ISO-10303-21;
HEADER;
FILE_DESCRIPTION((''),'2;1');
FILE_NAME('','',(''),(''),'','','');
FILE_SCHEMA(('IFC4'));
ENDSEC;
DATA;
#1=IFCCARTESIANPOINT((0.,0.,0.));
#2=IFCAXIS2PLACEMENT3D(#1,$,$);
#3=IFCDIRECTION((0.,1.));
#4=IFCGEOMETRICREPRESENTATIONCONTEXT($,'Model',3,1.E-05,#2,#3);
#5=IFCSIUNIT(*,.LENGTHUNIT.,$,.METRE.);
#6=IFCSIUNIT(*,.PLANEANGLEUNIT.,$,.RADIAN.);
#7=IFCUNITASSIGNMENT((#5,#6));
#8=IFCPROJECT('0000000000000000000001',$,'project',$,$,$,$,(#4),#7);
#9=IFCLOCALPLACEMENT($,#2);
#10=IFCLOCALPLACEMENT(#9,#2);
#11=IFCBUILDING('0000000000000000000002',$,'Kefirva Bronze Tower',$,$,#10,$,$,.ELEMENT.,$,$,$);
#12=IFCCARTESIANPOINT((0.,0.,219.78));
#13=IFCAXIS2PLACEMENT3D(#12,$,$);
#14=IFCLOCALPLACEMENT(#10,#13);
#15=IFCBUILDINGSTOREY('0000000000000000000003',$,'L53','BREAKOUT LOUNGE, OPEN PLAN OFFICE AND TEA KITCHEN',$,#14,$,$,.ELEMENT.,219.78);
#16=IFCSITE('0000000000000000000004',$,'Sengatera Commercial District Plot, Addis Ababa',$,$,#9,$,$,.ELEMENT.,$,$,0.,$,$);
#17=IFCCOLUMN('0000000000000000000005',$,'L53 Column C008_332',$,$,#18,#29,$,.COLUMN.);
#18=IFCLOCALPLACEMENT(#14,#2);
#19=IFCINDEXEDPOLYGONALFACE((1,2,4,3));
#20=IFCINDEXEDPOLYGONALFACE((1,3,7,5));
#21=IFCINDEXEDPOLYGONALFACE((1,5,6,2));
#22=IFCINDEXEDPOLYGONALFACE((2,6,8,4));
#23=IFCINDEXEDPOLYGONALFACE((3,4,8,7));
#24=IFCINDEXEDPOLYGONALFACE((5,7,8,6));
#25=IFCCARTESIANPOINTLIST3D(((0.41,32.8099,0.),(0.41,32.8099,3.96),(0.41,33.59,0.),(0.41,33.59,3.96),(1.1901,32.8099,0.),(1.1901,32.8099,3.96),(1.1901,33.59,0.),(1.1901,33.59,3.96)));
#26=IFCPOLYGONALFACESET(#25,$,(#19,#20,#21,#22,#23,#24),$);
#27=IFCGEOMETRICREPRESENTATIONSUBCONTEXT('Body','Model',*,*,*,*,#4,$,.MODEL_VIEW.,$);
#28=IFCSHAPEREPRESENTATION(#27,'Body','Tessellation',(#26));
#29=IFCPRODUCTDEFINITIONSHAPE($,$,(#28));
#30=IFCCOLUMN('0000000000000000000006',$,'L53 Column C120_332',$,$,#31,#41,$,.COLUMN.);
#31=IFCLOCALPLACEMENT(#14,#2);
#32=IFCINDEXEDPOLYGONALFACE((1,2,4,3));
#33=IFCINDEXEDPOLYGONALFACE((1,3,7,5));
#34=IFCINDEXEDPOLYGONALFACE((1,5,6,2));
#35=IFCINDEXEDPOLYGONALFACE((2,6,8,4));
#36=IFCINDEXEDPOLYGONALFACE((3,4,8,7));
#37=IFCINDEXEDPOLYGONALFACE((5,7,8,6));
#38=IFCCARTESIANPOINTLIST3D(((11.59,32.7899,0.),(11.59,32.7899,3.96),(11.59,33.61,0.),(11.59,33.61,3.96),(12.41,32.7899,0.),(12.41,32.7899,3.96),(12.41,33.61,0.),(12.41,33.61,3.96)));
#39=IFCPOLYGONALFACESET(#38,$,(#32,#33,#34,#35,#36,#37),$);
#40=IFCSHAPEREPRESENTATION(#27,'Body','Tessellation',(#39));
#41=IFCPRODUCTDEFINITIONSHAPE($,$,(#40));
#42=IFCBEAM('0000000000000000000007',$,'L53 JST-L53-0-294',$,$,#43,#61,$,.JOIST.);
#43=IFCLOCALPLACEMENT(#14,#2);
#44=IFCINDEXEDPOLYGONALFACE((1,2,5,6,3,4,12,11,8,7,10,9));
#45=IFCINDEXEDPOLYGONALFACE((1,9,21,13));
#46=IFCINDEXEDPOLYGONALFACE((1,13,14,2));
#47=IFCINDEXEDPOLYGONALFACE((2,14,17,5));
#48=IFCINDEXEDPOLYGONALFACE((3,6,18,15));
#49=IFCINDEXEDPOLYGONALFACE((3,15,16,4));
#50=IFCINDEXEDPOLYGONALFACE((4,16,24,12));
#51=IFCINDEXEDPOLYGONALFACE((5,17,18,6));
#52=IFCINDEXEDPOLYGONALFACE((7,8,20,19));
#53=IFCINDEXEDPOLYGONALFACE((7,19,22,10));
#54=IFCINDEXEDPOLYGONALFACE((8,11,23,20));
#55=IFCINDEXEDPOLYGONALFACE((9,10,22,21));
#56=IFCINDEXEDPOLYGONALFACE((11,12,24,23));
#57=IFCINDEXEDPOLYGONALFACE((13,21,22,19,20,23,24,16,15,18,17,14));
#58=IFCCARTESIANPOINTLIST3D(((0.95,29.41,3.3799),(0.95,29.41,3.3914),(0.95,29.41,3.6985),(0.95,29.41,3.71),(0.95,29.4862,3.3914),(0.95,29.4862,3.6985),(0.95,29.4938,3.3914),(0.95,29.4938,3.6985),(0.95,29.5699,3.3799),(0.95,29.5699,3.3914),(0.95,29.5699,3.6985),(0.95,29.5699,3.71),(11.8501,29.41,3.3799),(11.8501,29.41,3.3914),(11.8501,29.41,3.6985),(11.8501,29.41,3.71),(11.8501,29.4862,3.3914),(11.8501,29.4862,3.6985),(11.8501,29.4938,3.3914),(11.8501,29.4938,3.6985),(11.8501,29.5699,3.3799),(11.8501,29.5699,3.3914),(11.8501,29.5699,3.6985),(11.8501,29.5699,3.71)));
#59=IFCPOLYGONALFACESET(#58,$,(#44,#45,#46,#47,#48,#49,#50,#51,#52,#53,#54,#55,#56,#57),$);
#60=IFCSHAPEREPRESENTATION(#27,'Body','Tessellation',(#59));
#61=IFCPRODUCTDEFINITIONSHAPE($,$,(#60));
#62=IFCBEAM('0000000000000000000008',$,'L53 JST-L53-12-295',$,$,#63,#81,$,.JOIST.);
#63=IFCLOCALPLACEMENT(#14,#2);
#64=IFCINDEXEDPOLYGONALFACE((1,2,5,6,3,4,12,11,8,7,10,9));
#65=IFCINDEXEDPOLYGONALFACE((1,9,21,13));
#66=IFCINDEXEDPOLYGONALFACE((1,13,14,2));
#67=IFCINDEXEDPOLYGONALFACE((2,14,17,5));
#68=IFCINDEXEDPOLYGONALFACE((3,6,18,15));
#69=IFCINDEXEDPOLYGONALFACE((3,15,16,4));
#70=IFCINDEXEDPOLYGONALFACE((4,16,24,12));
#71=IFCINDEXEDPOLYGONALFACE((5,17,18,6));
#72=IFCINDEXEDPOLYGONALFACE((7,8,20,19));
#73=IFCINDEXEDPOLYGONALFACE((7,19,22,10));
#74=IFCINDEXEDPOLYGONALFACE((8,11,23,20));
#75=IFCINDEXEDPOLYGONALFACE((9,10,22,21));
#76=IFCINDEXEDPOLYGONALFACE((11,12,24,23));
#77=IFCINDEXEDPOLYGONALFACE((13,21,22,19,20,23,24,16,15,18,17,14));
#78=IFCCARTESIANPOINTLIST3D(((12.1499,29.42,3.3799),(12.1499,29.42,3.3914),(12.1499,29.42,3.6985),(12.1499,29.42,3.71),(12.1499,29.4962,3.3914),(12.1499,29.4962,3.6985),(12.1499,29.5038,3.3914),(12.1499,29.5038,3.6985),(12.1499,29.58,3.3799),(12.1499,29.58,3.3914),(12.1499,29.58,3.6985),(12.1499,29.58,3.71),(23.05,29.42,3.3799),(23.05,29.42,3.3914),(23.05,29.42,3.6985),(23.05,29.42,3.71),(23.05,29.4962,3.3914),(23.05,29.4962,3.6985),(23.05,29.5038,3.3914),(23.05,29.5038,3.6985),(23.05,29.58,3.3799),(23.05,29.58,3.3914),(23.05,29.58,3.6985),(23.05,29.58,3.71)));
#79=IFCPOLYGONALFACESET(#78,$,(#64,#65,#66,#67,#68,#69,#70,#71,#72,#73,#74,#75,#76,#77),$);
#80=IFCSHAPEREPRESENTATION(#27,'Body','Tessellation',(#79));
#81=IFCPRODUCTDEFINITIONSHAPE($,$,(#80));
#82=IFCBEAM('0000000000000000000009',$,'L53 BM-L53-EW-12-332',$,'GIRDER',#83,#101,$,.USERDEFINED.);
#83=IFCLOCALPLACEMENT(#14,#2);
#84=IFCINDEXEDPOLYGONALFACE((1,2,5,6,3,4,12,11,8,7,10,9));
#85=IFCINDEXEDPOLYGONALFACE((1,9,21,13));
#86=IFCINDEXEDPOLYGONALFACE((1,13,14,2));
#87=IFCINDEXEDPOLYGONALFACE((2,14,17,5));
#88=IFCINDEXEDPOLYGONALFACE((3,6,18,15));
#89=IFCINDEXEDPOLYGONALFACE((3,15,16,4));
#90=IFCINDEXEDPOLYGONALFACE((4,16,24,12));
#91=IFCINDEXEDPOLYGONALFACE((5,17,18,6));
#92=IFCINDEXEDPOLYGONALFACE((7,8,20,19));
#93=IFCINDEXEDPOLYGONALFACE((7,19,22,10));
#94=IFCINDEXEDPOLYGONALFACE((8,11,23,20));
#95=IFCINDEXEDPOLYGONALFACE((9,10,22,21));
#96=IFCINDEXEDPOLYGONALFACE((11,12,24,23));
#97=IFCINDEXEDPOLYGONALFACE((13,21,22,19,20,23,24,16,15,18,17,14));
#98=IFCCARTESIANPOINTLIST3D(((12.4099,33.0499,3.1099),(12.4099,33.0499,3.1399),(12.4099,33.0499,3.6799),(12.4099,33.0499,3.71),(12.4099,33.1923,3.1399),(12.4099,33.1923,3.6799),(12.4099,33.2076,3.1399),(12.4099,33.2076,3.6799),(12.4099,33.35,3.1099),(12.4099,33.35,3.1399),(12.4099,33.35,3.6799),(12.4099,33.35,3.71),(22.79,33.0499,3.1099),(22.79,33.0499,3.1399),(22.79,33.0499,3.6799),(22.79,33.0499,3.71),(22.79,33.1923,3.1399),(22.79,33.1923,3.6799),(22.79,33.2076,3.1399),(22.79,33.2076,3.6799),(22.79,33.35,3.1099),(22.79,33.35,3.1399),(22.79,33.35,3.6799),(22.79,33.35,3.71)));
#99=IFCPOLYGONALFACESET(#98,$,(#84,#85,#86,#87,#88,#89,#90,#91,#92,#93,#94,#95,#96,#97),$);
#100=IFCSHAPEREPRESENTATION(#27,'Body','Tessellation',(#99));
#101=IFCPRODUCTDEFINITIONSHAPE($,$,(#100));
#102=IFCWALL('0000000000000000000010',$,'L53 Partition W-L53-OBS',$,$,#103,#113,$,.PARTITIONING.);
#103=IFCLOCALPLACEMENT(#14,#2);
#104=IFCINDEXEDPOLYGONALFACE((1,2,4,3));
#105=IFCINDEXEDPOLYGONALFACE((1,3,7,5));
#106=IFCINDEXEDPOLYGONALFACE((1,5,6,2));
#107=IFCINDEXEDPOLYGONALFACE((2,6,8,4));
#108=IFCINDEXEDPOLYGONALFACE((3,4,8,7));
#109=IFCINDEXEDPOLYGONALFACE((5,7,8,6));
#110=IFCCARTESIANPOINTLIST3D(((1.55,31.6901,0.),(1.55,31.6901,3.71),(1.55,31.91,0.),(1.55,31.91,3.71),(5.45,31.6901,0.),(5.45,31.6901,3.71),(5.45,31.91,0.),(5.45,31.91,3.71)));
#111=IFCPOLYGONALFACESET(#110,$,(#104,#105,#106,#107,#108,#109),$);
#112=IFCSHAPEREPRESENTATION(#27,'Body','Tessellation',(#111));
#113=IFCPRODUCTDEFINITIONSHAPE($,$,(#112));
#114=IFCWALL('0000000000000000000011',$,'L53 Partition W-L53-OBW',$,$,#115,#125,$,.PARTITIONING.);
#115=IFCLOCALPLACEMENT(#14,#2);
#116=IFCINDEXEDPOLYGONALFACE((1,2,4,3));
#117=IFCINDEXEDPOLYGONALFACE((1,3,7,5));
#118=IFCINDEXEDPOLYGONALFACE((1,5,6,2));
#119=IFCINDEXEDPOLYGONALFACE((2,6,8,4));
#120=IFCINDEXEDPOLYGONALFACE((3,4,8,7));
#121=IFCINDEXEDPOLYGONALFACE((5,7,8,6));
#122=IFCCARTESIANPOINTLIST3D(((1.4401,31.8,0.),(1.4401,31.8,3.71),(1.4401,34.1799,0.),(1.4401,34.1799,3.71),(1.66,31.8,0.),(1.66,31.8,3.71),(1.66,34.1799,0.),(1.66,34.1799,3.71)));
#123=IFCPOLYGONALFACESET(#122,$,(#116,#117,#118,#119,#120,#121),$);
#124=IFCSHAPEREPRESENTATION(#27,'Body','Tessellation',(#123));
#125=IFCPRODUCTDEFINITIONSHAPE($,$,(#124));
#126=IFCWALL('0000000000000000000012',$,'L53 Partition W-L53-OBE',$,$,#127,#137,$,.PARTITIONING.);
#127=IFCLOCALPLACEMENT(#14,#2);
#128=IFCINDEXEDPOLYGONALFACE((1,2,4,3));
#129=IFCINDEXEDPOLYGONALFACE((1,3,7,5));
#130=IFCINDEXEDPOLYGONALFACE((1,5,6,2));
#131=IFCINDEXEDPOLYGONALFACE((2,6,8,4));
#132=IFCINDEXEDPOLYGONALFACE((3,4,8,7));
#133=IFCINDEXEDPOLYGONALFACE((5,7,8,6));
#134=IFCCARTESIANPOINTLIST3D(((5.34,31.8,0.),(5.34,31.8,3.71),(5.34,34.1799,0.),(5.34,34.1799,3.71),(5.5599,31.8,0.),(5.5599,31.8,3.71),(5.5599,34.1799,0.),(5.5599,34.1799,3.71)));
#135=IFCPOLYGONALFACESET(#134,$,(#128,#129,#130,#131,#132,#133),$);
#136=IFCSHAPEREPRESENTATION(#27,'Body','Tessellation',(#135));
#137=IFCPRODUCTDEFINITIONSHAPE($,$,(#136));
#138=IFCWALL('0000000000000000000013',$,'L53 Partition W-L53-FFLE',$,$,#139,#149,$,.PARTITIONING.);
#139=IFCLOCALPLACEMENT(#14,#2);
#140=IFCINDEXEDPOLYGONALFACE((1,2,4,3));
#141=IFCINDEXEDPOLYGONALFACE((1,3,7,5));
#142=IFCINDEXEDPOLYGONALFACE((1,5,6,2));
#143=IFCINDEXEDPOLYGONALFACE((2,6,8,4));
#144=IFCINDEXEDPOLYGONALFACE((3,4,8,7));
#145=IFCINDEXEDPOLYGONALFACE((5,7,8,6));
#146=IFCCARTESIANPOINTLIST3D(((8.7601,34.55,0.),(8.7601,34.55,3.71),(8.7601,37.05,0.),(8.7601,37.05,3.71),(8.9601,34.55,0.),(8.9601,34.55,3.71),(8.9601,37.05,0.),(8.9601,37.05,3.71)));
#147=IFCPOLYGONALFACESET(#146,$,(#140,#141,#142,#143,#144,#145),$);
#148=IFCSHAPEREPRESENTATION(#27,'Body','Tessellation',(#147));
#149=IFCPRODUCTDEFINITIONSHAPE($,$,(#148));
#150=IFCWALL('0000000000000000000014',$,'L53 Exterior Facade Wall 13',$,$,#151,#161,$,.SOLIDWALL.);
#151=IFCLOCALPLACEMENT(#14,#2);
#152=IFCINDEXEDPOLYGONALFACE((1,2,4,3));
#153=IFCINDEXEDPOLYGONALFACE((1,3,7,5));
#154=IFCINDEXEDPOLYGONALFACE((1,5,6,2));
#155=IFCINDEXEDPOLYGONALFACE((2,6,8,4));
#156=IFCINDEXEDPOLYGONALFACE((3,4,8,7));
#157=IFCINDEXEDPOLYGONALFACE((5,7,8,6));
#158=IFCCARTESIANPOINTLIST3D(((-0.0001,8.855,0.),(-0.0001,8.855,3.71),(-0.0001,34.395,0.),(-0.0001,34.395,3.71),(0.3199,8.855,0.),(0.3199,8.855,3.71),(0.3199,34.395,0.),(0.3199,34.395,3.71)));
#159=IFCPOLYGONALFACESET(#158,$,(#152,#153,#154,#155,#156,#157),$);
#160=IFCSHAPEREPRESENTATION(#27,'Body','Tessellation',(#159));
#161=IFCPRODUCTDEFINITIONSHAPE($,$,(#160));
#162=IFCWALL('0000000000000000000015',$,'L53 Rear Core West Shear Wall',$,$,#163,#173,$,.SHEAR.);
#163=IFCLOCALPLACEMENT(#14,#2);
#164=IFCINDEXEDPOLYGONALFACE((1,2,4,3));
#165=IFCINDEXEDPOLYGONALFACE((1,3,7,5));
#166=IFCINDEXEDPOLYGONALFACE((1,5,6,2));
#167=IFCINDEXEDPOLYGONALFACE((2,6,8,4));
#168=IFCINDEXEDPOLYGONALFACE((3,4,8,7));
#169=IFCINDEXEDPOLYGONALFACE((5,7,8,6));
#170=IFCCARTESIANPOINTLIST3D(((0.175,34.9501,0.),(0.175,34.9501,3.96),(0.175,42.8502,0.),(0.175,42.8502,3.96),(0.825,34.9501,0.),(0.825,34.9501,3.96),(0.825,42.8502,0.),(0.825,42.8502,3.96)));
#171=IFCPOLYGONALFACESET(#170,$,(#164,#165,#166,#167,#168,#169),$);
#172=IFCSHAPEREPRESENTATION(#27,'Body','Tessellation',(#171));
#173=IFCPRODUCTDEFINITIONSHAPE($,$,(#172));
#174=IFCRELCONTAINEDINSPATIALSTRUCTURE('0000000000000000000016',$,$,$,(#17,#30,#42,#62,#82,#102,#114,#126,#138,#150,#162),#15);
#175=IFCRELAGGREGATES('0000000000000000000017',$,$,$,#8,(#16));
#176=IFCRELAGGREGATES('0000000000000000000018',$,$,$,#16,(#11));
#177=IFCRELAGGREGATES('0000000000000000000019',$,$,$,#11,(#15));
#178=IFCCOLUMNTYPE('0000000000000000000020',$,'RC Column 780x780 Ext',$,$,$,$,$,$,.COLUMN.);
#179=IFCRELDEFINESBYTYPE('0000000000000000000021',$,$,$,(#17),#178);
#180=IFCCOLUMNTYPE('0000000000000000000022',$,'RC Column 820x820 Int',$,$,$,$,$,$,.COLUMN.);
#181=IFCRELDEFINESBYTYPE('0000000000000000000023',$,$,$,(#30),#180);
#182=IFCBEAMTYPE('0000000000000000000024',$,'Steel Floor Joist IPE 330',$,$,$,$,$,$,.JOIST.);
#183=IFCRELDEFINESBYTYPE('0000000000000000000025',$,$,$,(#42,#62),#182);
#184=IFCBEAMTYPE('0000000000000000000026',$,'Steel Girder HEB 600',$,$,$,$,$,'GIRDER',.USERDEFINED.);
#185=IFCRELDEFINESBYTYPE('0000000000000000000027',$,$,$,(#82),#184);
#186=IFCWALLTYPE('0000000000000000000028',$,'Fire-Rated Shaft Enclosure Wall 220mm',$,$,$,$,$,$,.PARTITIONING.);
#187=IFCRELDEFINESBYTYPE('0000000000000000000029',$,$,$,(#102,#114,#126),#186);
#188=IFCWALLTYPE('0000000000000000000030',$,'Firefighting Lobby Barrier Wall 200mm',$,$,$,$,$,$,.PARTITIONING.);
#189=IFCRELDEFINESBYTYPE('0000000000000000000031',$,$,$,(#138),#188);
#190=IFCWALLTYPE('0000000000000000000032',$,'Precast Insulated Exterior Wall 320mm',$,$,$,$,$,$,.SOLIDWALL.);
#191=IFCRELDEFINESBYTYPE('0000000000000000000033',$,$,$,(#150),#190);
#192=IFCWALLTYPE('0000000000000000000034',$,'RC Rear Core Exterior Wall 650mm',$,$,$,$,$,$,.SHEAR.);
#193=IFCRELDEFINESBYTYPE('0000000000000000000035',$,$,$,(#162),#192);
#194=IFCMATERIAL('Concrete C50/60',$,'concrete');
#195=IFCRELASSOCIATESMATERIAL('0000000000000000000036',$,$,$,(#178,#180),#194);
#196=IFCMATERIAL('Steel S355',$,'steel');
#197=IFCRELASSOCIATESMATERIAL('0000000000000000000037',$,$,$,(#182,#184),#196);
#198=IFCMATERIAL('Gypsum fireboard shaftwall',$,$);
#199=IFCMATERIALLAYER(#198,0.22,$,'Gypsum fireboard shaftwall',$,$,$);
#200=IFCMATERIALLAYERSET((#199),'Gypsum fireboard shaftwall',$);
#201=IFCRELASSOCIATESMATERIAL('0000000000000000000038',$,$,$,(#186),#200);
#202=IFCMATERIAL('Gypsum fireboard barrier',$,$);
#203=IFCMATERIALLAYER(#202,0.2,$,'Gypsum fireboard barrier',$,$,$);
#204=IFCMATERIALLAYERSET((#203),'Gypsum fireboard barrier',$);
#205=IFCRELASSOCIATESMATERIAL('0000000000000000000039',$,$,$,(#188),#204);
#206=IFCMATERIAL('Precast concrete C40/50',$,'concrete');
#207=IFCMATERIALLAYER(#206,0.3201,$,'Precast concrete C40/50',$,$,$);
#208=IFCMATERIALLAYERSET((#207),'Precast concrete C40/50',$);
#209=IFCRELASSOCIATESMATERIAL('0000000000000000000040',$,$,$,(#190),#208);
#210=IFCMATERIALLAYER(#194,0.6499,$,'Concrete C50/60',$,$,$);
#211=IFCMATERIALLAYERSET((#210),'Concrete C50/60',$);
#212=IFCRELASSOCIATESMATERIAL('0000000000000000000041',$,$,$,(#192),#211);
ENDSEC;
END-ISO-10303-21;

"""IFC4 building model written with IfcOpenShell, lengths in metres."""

from ifc_helpers import new_model, si_unit, direction, frame, frame_2d, origin, origin_2d, place, context, subcontext, project, spatial, rectangle, i_section, extrude, material, layer, layer_set, material_profile, profile_set, type_object, element, save


model = new_model("IFC4")

# Units and contexts
model_context = context("Model", 3, precision=1e-05, world=origin(), true_north=direction((0.0, 1.0)))
body_context = subcontext(model_context, "Body", "Model", "MODEL_VIEW")
ifc_project = project(units=[si_unit("LENGTHUNIT", "METRE"), si_unit("PLANEANGLEUNIT", "RADIAN")], contexts=[model_context])

# Site, building, storey
site_placement = place(None, origin())
site = spatial("IfcSite", under=ifc_project, at=site_placement, Name="Sengatera Commercial District Plot, Addis Ababa", CompositionType="ELEMENT", RefElevation=0.0)
building_placement = place(site_placement, origin())
building = spatial("IfcBuilding", under=site, at=building_placement, Name="Kefirva Bronze Tower", CompositionType="ELEMENT")
storey_placement = place(building_placement, frame((0.0, 0.0, 219.78)))
storey = spatial("IfcBuildingStorey", under=building, at=storey_placement, Name="L53", Description="BREAKOUT LOUNGE, OPEN PLAN OFFICE AND TEA KITCHEN", CompositionType="ELEMENT", Elevation=219.78)

# Columns
ifc_material_1 = material(Name="Concrete C50/60", Category="concrete")
ifc_material_profile_1 = material_profile(ifc_material_1, rectangle(XDim=0.78, YDim=0.78, at=origin_2d()), Name="RC 780x780")
ifc_profile_set_1 = profile_set([ifc_material_profile_1], Name="Concrete C50/60")
column_type_1 = type_object("IfcColumnType", Name="RC Column 780x780 Ext", PredefinedType="COLUMN", material=ifc_profile_set_1)
column_1_placement = place(storey_placement, frame((0.8, 33.2, 0.0), z_axis=(0.0, 0.0, 1.0), x_axis=(1.0, 0.0, 0.0)))
element("IfcColumn", 1, at=column_1_placement, inside=storey, type_object=column_type_1, Name="L53 Column C008_332", PredefinedType="COLUMN", context=body_context, shape_type="SweptSolid", body=[
    extrude(rectangle(XDim=0.78, YDim=0.78, at=origin_2d()), origin(), (0.0, 0.0, 1.0), 3.96),
])
ifc_material_profile_2 = material_profile(ifc_material_1, rectangle(XDim=0.8201, YDim=0.8201, at=origin_2d()), Name="RC 820x820")
ifc_profile_set_2 = profile_set([ifc_material_profile_2], Name="Concrete C50/60")
column_type_2 = type_object("IfcColumnType", Name="RC Column 820x820 Int", PredefinedType="COLUMN", material=ifc_profile_set_2)
column_2_placement = place(storey_placement, frame((12.0, 33.2, 0.0), z_axis=(0.0, 0.0, 1.0), x_axis=(1.0, 0.0, 0.0)))
element("IfcColumn", 2, at=column_2_placement, inside=storey, type_object=column_type_2, Name="L53 Column C120_332", PredefinedType="COLUMN", context=body_context, shape_type="SweptSolid", body=[
    extrude(rectangle(XDim=0.8201, YDim=0.8201, at=origin_2d()), origin(), (0.0, 0.0, 1.0), 3.96),
])

# Beams
ifc_material_2 = material(Name="Steel S355", Category="steel")
ifc_material_profile_3 = material_profile(ifc_material_2, i_section(OverallWidth=0.1599, OverallDepth=0.3301, WebThickness=0.0076, FlangeThickness=0.0115, at=origin_2d()), Name="IPE 330")
ifc_profile_set_3 = profile_set([ifc_material_profile_3], Name="Steel S355")
beam_type_1 = type_object("IfcBeamType", Name="Steel Floor Joist IPE 330", PredefinedType="JOIST", material=ifc_profile_set_3)
for number, where, z_axis, x_axis, name in (
    (3, (0.95, 29.49, 3.5449), (1.0, 0.0, 0.0), (0.0, 1.0, 0.0), "L53 JST-L53-0-294"),
    (4, (12.1499, 29.5, 3.5449), (1.0, 0.0, 0.0), (0.0, 1.0, 0.0), "L53 JST-L53-12-295"),
):
    element("IfcBeam", number, at=place(storey_placement, frame(where, z_axis=z_axis, x_axis=x_axis)), inside=storey, type_object=beam_type_1, Name=name, PredefinedType="JOIST", context=body_context, shape_type="SweptSolid", body=[
        extrude(i_section(OverallWidth=0.1599, OverallDepth=0.3301, WebThickness=0.0076, FlangeThickness=0.0115, at=origin_2d()), origin(), (0.0, 0.0, 1.0), 10.9001),
    ])
ifc_material_profile_4 = material_profile(ifc_material_2, i_section(OverallWidth=0.3, OverallDepth=0.6001, WebThickness=0.0154, FlangeThickness=0.03, at=origin_2d()), Name="HEB 600")
ifc_profile_set_4 = profile_set([ifc_material_profile_4], Name="Steel S355")
beam_type_2 = type_object("IfcBeamType", Name="Steel Girder HEB 600", ElementType="GIRDER", PredefinedType="USERDEFINED", material=ifc_profile_set_4)
beam_placement = place(storey_placement, frame((12.4099, 33.2, 3.4099), z_axis=(1.0, 0.0, 0.0), x_axis=(0.0, 1.0, 0.0)))
element("IfcBeam", 5, at=beam_placement, inside=storey, type_object=beam_type_2, Name="L53 BM-L53-EW-12-332", ObjectType="GIRDER", PredefinedType="USERDEFINED", context=body_context, shape_type="SweptSolid", body=[
    extrude(i_section(OverallWidth=0.3, OverallDepth=0.6001, WebThickness=0.0154, FlangeThickness=0.03, at=origin_2d()), origin(), (0.0, 0.0, 1.0), 10.3801),
])

# Walls
ifc_material_3 = material(Name="Gypsum fireboard shaftwall")
ifc_layer_1 = layer(ifc_material_3, 0.22, Name="Gypsum fireboard shaftwall")
ifc_layer_set_1 = layer_set([ifc_layer_1], Name="Gypsum fireboard shaftwall")
wall_type_1 = type_object("IfcWallType", Name="Fire-Rated Shaft Enclosure Wall 220mm", PredefinedType="PARTITIONING", material=ifc_layer_set_1)
wall_1_placement = place(storey_placement, frame((1.55, 31.8, 0.0), z_axis=(0.0, 0.0, 1.0), x_axis=(1.0, 0.0, 0.0)))
element("IfcWall", 6, at=wall_1_placement, inside=storey, type_object=wall_type_1, Name="L53 Partition W-L53-OBS", PredefinedType="PARTITIONING", context=body_context, shape_type="SweptSolid", body=[
    extrude(rectangle(XDim=3.8999, YDim=0.22, at=frame_2d((1.95, 0.0))), origin(), (0.0, 0.0, 1.0), 3.71),
])
for number, where, z_axis, x_axis, name in (
    (7, (1.55, 31.8, 0.0), (0.0, 0.0, 1.0), (0.0, 1.0, 0.0), "L53 Partition W-L53-OBW"),
    (8, (5.45, 31.8, 0.0), (0.0, 0.0, 1.0), (0.0, 1.0, 0.0), "L53 Partition W-L53-OBE"),
):
    element("IfcWall", number, at=place(storey_placement, frame(where, z_axis=z_axis, x_axis=x_axis)), inside=storey, type_object=wall_type_1, Name=name, PredefinedType="PARTITIONING", context=body_context, shape_type="SweptSolid", body=[
        extrude(rectangle(XDim=2.3799, YDim=0.22, at=frame_2d((1.1899, 0.0))), origin(), (0.0, 0.0, 1.0), 3.71),
    ])
ifc_material_4 = material(Name="Gypsum fireboard barrier")
ifc_layer_2 = layer(ifc_material_4, 0.2, Name="Gypsum fireboard barrier")
ifc_layer_set_2 = layer_set([ifc_layer_2], Name="Gypsum fireboard barrier")
wall_type_2 = type_object("IfcWallType", Name="Firefighting Lobby Barrier Wall 200mm", PredefinedType="PARTITIONING", material=ifc_layer_set_2)
wall_2_placement = place(storey_placement, frame((8.8601, 34.55, 0.0), z_axis=(0.0, 0.0, 1.0), x_axis=(0.0, 1.0, 0.0)))
element("IfcWall", 9, at=wall_2_placement, inside=storey, type_object=wall_type_2, Name="L53 Partition W-L53-FFLE", PredefinedType="PARTITIONING", context=body_context, shape_type="SweptSolid", body=[
    extrude(rectangle(XDim=2.5, YDim=0.2, at=frame_2d((1.25, 0.0))), origin(), (0.0, 0.0, 1.0), 3.71),
])
ifc_material_5 = material(Name="Precast concrete C40/50", Category="concrete")
ifc_layer_3 = layer(ifc_material_5, 0.3201, Name="Precast concrete C40/50")
ifc_layer_set_3 = layer_set([ifc_layer_3], Name="Precast concrete C40/50")
wall_type_3 = type_object("IfcWallType", Name="Precast Insulated Exterior Wall 320mm", PredefinedType="SOLIDWALL", material=ifc_layer_set_3)
wall_3_placement = place(storey_placement, frame((0.1599, 34.395, 0.0), z_axis=(0.0, 0.0, 1.0), x_axis=(0.0, -1.0, 0.0)))
element("IfcWall", 10, at=wall_3_placement, inside=storey, type_object=wall_type_3, Name="L53 Exterior Facade Wall 13", PredefinedType="SOLIDWALL", context=body_context, shape_type="SweptSolid", body=[
    extrude(rectangle(XDim=25.54, YDim=0.3201, at=frame_2d((12.77, 0.0))), origin(), (0.0, 0.0, 1.0), 3.71),
])

# Wall
ifc_layer_4 = layer(ifc_material_1, 0.6499, Name="Concrete C50/60")
ifc_layer_set_4 = layer_set([ifc_layer_4], Name="Concrete C50/60")
wall_type_4 = type_object("IfcWallType", Name="RC Rear Core Exterior Wall 650mm", PredefinedType="SHEAR", material=ifc_layer_set_4)
wall_4_placement = place(storey_placement, frame((0.5, 34.95, 0.0), z_axis=(0.0, 0.0, 1.0), x_axis=(0.0, 1.0, 0.0)))
element("IfcWall", 11, at=wall_4_placement, inside=storey, type_object=wall_type_4, Name="L53 Rear Core West Shear Wall", PredefinedType="SHEAR", context=body_context, shape_type="SweptSolid", body=[
    extrude(rectangle(XDim=7.9001, YDim=0.6499, at=frame_2d((3.9502, 0.0))), origin(), (0.0, 0.0, 1.0), 3.96),
])

save(model, "model.ifc")
